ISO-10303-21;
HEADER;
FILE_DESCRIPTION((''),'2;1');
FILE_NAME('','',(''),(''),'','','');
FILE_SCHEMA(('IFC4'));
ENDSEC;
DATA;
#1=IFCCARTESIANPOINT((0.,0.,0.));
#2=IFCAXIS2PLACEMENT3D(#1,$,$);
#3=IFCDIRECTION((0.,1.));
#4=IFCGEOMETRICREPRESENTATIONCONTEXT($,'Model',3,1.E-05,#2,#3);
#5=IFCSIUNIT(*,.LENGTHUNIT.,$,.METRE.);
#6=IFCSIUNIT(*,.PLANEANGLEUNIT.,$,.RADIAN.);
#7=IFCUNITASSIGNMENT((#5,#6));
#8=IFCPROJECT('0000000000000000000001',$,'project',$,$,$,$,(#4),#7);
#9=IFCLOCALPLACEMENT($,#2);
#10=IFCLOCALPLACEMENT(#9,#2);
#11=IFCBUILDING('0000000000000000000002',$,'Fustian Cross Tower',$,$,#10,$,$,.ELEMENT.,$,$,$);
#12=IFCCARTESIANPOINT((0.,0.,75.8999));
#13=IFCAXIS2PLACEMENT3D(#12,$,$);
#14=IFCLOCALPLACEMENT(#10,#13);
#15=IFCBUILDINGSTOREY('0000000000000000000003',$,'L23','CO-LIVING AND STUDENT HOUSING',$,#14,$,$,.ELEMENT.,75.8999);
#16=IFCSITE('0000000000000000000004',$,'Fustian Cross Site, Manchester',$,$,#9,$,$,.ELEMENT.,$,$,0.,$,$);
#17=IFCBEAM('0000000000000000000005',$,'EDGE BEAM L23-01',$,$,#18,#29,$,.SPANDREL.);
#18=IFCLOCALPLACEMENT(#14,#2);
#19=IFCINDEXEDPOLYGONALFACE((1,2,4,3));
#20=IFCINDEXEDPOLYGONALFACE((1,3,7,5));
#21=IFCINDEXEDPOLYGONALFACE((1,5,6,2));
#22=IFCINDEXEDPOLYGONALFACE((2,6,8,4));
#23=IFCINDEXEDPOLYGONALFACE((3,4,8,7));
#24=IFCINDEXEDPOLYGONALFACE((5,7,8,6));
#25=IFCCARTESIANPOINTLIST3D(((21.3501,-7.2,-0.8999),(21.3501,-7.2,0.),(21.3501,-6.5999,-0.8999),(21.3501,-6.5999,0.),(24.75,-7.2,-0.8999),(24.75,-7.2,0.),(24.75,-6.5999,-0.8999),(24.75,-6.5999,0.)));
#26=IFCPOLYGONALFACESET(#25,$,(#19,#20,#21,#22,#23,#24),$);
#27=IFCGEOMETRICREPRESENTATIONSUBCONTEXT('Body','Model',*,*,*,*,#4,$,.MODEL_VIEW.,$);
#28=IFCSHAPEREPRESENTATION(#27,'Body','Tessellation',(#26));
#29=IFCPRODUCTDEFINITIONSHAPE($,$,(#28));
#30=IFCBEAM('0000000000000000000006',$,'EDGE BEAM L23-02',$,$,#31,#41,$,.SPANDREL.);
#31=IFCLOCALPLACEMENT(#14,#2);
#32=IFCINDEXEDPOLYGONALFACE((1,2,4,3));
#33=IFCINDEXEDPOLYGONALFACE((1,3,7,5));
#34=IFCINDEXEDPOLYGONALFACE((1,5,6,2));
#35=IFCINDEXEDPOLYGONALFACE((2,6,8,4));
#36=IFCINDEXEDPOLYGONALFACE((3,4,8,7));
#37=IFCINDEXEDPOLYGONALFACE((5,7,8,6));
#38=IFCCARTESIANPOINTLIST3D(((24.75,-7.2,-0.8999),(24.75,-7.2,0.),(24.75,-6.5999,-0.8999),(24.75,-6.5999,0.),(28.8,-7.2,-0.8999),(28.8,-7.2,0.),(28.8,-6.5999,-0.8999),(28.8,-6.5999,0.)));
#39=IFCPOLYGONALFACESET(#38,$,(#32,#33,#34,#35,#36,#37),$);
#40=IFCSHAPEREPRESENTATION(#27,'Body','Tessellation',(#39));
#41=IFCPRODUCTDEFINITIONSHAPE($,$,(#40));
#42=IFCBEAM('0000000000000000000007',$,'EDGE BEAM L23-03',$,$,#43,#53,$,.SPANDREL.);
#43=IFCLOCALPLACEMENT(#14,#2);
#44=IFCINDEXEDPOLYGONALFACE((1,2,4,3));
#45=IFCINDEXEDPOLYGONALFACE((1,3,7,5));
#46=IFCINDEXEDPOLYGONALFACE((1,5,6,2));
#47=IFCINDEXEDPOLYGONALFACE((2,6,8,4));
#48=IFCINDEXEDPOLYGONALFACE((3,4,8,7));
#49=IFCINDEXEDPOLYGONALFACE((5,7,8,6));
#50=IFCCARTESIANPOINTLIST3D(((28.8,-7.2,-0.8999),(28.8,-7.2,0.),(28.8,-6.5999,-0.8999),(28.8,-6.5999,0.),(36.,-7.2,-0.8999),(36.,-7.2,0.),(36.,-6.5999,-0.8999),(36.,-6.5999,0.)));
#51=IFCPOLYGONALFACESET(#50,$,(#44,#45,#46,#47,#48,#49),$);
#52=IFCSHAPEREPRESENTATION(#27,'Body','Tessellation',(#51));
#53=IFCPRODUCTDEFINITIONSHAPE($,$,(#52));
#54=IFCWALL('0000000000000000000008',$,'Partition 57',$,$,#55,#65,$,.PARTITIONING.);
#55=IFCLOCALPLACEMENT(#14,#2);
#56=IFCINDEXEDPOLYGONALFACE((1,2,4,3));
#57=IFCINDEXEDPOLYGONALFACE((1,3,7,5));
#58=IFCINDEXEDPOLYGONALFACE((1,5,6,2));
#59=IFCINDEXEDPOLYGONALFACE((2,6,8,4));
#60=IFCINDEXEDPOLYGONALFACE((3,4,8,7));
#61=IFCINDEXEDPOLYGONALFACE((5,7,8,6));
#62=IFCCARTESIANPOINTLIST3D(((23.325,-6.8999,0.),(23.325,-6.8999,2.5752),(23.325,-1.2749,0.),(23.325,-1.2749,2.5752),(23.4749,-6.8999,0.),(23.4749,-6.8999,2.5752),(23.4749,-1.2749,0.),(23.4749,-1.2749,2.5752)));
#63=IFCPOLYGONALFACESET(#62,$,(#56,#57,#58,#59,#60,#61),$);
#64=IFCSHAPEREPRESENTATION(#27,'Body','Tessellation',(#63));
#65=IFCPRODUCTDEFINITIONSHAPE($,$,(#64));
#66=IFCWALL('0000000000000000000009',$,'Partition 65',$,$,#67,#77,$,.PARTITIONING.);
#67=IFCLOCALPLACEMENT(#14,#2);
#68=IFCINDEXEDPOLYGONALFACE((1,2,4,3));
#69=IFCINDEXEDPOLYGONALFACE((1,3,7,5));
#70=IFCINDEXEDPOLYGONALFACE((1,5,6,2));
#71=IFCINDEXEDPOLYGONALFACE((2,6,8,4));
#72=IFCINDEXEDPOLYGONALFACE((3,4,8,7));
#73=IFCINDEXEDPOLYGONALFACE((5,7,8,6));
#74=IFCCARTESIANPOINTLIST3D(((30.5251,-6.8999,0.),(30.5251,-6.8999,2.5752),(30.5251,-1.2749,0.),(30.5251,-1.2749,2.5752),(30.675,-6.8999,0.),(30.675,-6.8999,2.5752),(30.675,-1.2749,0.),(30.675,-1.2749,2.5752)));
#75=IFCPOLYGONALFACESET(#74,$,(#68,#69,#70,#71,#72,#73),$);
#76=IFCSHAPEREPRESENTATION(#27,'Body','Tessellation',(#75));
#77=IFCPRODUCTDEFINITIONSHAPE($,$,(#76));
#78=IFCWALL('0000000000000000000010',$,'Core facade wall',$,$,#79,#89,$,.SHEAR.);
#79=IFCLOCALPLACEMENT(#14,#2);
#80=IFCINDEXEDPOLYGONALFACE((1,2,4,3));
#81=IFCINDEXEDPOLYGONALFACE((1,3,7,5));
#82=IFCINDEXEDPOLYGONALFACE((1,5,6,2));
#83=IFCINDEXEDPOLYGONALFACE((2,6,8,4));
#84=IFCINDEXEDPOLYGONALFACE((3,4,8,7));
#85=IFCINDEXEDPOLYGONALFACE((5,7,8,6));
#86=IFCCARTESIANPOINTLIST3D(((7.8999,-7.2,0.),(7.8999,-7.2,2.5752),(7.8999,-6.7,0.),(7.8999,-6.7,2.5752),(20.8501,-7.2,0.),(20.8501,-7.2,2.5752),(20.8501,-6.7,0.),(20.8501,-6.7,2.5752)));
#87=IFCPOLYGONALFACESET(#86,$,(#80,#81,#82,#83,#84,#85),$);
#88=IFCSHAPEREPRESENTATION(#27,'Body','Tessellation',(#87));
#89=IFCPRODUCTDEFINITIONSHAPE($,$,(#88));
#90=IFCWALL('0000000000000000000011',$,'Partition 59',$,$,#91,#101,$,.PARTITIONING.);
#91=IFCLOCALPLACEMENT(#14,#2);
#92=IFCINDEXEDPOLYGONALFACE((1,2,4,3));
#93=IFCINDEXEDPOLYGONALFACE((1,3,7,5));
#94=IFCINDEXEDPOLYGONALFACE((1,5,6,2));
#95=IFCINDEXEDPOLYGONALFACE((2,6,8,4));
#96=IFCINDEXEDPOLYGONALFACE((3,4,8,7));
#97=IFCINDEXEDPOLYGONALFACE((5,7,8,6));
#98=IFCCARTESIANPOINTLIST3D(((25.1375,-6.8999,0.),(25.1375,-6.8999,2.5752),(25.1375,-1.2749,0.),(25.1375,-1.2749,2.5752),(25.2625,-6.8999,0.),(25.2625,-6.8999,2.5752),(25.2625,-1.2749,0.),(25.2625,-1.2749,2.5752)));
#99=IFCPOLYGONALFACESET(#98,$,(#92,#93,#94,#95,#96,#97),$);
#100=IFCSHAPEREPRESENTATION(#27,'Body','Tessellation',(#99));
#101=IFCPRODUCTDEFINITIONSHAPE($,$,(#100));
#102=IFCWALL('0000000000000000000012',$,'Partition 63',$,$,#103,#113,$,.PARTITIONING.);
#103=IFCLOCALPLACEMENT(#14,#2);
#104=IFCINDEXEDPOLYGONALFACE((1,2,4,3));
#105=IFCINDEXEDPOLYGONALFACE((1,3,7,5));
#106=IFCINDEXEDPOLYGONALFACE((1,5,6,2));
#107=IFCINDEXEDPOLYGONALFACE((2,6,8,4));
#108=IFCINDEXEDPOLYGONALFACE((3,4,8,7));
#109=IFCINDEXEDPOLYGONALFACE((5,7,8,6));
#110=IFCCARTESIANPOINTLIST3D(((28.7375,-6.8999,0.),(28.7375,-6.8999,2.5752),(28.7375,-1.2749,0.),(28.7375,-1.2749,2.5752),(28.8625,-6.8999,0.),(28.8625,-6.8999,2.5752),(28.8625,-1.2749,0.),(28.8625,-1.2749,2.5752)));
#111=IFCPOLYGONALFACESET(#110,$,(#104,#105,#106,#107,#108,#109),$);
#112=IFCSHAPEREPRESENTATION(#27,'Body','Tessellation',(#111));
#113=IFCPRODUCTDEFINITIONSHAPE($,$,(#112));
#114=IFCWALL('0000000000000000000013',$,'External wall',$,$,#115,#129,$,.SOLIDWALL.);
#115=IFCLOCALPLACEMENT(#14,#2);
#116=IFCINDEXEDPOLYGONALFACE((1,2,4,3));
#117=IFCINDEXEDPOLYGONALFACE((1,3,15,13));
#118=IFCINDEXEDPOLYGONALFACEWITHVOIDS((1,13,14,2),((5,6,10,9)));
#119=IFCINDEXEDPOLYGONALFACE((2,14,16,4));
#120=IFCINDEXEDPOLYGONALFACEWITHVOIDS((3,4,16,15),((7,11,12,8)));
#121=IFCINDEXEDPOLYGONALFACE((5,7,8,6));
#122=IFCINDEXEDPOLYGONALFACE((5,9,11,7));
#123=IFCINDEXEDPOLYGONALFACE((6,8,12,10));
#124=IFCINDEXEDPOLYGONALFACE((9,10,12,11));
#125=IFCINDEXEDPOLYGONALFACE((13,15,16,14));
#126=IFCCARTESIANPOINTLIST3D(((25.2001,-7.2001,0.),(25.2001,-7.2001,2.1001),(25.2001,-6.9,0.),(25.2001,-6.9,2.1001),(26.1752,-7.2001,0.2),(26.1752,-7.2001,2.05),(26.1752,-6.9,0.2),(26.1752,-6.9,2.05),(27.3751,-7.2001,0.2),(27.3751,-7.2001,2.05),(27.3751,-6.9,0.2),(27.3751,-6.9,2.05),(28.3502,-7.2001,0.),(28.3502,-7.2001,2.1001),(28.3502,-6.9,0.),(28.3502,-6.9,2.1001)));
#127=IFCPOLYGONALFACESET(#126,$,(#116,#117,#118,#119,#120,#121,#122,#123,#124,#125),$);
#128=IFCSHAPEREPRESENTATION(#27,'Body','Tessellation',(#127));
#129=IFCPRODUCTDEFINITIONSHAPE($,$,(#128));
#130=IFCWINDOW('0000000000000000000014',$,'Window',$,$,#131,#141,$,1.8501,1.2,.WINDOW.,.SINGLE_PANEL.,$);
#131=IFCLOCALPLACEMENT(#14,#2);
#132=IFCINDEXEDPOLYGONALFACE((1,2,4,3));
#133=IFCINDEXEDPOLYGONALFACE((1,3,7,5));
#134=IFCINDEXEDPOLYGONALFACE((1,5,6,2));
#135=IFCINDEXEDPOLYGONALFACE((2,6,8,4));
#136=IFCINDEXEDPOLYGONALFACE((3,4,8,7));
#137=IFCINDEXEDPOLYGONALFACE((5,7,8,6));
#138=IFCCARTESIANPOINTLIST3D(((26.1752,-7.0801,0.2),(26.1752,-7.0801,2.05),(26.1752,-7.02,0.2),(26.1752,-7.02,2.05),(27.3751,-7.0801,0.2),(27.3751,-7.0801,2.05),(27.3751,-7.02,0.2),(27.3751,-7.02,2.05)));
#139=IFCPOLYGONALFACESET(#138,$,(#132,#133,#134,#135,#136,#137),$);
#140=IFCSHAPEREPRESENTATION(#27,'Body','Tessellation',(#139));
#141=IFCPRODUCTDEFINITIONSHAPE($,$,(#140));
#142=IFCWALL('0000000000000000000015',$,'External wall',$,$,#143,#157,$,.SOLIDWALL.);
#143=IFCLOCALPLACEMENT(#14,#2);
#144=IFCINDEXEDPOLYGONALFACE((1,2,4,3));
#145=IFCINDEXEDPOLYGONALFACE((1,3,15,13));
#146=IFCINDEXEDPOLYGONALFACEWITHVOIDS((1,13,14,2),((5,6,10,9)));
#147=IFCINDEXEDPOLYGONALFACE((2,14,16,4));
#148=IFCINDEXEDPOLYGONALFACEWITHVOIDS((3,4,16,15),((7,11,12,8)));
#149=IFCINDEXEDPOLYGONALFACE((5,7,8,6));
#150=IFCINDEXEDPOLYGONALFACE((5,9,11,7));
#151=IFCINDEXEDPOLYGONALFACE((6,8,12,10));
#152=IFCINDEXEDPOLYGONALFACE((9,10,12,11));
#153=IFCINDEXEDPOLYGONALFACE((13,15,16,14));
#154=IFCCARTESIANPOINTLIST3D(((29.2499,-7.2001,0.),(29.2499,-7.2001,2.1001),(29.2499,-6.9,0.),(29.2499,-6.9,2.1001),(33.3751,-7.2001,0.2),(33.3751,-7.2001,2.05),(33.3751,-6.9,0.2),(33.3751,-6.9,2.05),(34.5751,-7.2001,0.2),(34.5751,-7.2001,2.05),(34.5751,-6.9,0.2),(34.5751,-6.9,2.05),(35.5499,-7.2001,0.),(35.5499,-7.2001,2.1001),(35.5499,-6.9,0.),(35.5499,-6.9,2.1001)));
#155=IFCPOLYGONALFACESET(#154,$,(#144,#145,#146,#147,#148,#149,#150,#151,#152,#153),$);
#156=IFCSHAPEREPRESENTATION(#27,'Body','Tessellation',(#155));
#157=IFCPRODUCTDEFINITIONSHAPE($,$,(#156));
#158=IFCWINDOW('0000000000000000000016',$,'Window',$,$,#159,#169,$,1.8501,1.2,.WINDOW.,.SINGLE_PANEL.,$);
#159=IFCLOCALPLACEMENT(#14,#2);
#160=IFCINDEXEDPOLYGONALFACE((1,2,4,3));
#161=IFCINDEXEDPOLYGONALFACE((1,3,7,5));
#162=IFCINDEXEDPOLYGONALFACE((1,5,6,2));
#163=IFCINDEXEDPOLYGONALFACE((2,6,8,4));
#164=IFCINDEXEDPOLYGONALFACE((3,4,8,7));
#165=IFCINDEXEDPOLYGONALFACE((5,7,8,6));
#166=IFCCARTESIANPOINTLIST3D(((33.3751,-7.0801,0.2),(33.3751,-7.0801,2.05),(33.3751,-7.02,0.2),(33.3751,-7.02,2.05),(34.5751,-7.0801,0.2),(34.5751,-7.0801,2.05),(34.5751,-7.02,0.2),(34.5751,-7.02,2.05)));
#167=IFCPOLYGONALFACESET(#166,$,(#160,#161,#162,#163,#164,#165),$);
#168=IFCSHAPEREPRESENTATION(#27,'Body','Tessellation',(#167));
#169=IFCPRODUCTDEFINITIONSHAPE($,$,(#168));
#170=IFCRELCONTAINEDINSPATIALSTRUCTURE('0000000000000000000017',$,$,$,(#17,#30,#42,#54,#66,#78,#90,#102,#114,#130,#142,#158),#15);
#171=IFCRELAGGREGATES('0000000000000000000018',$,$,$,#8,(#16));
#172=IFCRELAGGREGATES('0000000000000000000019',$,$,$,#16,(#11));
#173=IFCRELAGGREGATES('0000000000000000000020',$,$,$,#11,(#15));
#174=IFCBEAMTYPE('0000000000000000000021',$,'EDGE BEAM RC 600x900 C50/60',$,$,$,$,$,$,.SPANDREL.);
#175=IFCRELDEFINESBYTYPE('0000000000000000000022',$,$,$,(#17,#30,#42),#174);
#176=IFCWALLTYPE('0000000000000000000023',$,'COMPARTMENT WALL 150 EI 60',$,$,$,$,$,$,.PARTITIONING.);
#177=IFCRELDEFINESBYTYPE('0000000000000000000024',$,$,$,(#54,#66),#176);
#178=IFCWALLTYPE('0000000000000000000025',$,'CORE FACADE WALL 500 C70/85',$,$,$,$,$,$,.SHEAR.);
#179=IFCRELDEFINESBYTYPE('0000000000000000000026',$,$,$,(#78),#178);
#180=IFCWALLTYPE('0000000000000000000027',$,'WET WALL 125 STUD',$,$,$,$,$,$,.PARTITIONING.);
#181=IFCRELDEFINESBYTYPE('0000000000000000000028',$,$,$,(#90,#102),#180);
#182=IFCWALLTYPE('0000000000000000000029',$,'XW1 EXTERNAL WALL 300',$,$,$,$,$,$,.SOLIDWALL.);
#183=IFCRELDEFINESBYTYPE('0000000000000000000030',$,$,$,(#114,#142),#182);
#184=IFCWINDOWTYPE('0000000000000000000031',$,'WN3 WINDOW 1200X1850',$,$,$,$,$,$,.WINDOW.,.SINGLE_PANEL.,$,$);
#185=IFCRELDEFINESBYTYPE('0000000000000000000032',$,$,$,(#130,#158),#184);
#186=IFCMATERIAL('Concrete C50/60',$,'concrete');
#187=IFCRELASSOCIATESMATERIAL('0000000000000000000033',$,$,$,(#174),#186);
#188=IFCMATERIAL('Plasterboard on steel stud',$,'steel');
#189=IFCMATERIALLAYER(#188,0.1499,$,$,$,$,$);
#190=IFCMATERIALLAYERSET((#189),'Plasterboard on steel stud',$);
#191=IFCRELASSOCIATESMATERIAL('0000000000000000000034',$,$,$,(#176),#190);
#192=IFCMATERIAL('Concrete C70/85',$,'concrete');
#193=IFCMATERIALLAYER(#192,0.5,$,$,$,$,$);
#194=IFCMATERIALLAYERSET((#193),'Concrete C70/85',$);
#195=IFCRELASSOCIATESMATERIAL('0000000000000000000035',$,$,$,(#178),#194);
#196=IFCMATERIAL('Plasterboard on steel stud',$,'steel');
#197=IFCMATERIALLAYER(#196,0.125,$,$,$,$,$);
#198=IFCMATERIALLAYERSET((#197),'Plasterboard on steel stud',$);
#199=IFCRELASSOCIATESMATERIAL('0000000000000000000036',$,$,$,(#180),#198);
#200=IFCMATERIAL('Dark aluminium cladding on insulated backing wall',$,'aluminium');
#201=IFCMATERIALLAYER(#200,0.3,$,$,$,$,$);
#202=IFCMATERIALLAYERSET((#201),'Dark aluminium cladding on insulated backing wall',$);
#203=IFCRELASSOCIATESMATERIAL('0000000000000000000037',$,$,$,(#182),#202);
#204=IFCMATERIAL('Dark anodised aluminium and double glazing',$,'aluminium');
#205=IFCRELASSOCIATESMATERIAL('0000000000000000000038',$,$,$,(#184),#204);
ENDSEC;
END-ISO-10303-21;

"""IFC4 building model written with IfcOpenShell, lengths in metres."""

from ifc_helpers import new_model, si_unit, direction, frame, frame_2d, origin, origin_2d, place, context, subcontext, project, spatial, rectangle, extrude, material, layer, layer_set, material_profile, profile_set, type_object, element, fill, save


model = new_model("IFC4")

# Units and contexts
model_context = context("Model", 3, precision=1e-05, world=origin(), true_north=direction((0.0, 1.0)))
body_context = subcontext(model_context, "Body", "Model", "MODEL_VIEW")
ifc_project = project(units=[si_unit("LENGTHUNIT", "METRE"), si_unit("PLANEANGLEUNIT", "RADIAN")], contexts=[model_context])

# Site, building, storey
site_placement = place(None, origin())
site = spatial("IfcSite", under=ifc_project, at=site_placement, Name="Fustian Cross Site, Manchester", CompositionType="ELEMENT", RefElevation=0.0)
building_placement = place(site_placement, origin())
building = spatial("IfcBuilding", under=site, at=building_placement, Name="Fustian Cross Tower", CompositionType="ELEMENT")
storey_placement = place(building_placement, frame((0.0, 0.0, 75.8999)))
storey = spatial("IfcBuildingStorey", under=building, at=storey_placement, Name="L23", Description="CO-LIVING AND STUDENT HOUSING", CompositionType="ELEMENT", Elevation=75.8999)

# Beams
ifc_material_1 = material(Name="Concrete C50/60", Category="concrete")
ifc_material_profile = material_profile(ifc_material_1, rectangle(XDim=0.6001, YDim=0.8999, at=origin_2d()), Name="RC 600x900")
ifc_profile_set = profile_set([ifc_material_profile], Name="Concrete C50/60")
beam_type = type_object("IfcBeamType", Name="EDGE BEAM RC 600x900 C50/60", PredefinedType="SPANDREL", material=ifc_profile_set)
beam_1_placement = place(storey_placement, frame((21.3501, -6.8999, -0.45), z_axis=(1.0, 0.0, 0.0), x_axis=(0.0, 1.0, 0.0)))
element("IfcBeam", 1, at=beam_1_placement, inside=storey, type_object=beam_type, Name="EDGE BEAM L23-01", PredefinedType="SPANDREL", context=body_context, shape_type="SweptSolid", body=[
    extrude(rectangle(XDim=0.6001, YDim=0.8999, at=origin_2d()), origin(), (0.0, 0.0, 1.0), 3.3999),
])
beam_2_placement = place(storey_placement, frame((24.75, -6.8999, -0.45), z_axis=(1.0, 0.0, 0.0), x_axis=(0.0, 1.0, 0.0)))
element("IfcBeam", 2, at=beam_2_placement, inside=storey, type_object=beam_type, Name="EDGE BEAM L23-02", PredefinedType="SPANDREL", context=body_context, shape_type="SweptSolid", body=[
    extrude(rectangle(XDim=0.6001, YDim=0.8999, at=origin_2d()), origin(), (0.0, 0.0, 1.0), 4.05),
])
beam_3_placement = place(storey_placement, frame((28.8, -6.8999, -0.45), z_axis=(1.0, 0.0, 0.0), x_axis=(0.0, 1.0, 0.0)))
element("IfcBeam", 3, at=beam_3_placement, inside=storey, type_object=beam_type, Name="EDGE BEAM L23-03", PredefinedType="SPANDREL", context=body_context, shape_type="SweptSolid", body=[
    extrude(rectangle(XDim=0.6001, YDim=0.8999, at=origin_2d()), origin(), (0.0, 0.0, 1.0), 7.2),
])

# Walls
ifc_material_2 = material(Name="Plasterboard on steel stud", Category="steel")
ifc_layer_1 = layer(ifc_material_2, 0.1499)
ifc_layer_set_1 = layer_set([ifc_layer_1], Name="Plasterboard on steel stud")
wall_type_1 = type_object("IfcWallType", Name="COMPARTMENT WALL 150 EI 60", PredefinedType="PARTITIONING", material=ifc_layer_set_1)
for number, where, z_axis, x_axis, name in (
    (4, (23.3999, -6.8999, 0.0), (0.0, 0.0, 1.0), (0.0, 1.0, 0.0), "Partition 57"),
    (5, (30.6001, -6.8999, 0.0), (0.0, 0.0, 1.0), (0.0, 1.0, 0.0), "Partition 65"),
):
    element("IfcWall", number, at=place(storey_placement, frame(where, z_axis=z_axis, x_axis=x_axis)), inside=storey, type_object=wall_type_1, Name=name, PredefinedType="PARTITIONING", context=body_context, shape_type="SweptSolid", body=[
        extrude(rectangle(XDim=5.625, YDim=0.1499, at=frame_2d((2.8125, 0.0))), origin(), (0.0, 0.0, 1.0), 2.5752),
    ])
ifc_material_3 = material(Name="Concrete C70/85", Category="concrete")
ifc_layer_2 = layer(ifc_material_3, 0.5)
ifc_layer_set_2 = layer_set([ifc_layer_2], Name="Concrete C70/85")
wall_type_2 = type_object("IfcWallType", Name="CORE FACADE WALL 500 C70/85", PredefinedType="SHEAR", material=ifc_layer_set_2)
wall_1_placement = place(storey_placement, frame((7.8999, -6.95, 0.0), z_axis=(0.0, 0.0, 1.0), x_axis=(1.0, 0.0, 0.0)))
element("IfcWall", 6, at=wall_1_placement, inside=storey, type_object=wall_type_2, Name="Core facade wall", PredefinedType="SHEAR", context=body_context, shape_type="SweptSolid", body=[
    extrude(rectangle(XDim=12.9502, YDim=0.5, at=frame_2d((6.4751, 0.0))), origin(), (0.0, 0.0, 1.0), 2.5752),
])
ifc_material_4 = material(Name="Plasterboard on steel stud", Category="steel")
ifc_layer_3 = layer(ifc_material_4, 0.125)
ifc_layer_set_3 = layer_set([ifc_layer_3], Name="Plasterboard on steel stud")
wall_type_3 = type_object("IfcWallType", Name="WET WALL 125 STUD", PredefinedType="PARTITIONING", material=ifc_layer_set_3)
for number, where, z_axis, x_axis, name in (
    (7, (25.2, -6.8999, 0.0), (0.0, 0.0, 1.0), (0.0, 1.0, 0.0), "Partition 59"),
    (8, (28.8, -6.8999, 0.0), (0.0, 0.0, 1.0), (0.0, 1.0, 0.0), "Partition 63"),
):
    element("IfcWall", number, at=place(storey_placement, frame(where, z_axis=z_axis, x_axis=x_axis)), inside=storey, type_object=wall_type_3, Name=name, PredefinedType="PARTITIONING", context=body_context, shape_type="SweptSolid", body=[
        extrude(rectangle(XDim=5.625, YDim=0.125, at=frame_2d((2.8125, 0.0))), origin(), (0.0, 0.0, 1.0), 2.5752),
    ])

# Walls, openings, windows
ifc_material_5 = material(Name="Dark aluminium cladding on insulated backing wall", Category="aluminium")
ifc_layer_4 = layer(ifc_material_5, 0.3)
ifc_layer_set_4 = layer_set([ifc_layer_4], Name="Dark aluminium cladding on insulated backing wall")
wall_type_4 = type_object("IfcWallType", Name="XW1 EXTERNAL WALL 300", PredefinedType="SOLIDWALL", material=ifc_layer_set_4)
wall_2_placement = place(storey_placement, frame((25.2, -7.05, 0.0), z_axis=(0.0, 0.0, 1.0), x_axis=(1.0, 0.0, 0.0)))
wall_2 = element("IfcWall", 9, at=wall_2_placement, inside=storey, type_object=wall_type_4, Name="External wall", PredefinedType="SOLIDWALL", context=body_context, shape_type="SweptSolid", body=[
    extrude(rectangle(XDim=3.1501, YDim=0.3, at=frame_2d((1.5752, 0.0))), origin(), (0.0, 0.0, 1.0), 2.1001),
])
opening_1_placement = place(wall_2_placement, frame((0.9751, 0.0, 0.2)))
opening_1 = element("IfcOpeningElement", 10, at=opening_1_placement, cuts=wall_2, PredefinedType="OPENING", context=body_context, shape_type="SweptSolid", body=[
    extrude(rectangle(XDim=1.2, YDim=1.8501, at=frame_2d((0.6001, 0.925))), frame((0.0, 0.1599, 0.0), z_axis=(0.0, -1.0, 0.0), x_axis=(1.0, 0.0, 0.0)), (0.0, 0.0, 1.0), 0.3201),
])
ifc_material_6 = material(Name="Dark anodised aluminium and double glazing", Category="aluminium")
window_type = type_object("IfcWindowType", Name="WN3 WINDOW 1200X1850", PartitioningType="SINGLE_PANEL", PredefinedType="WINDOW", material=ifc_material_6)
window_1_placement = place(opening_1_placement, origin())
window_1 = element("IfcWindow", 11, at=window_1_placement, inside=storey, type_object=window_type, Name="Window", OverallHeight=1.8501, OverallWidth=1.2, PartitioningType="SINGLE_PANEL", PredefinedType="WINDOW", context=body_context, shape_type="SweptSolid", body=[
    extrude(rectangle(XDim=1.2, YDim=1.8501, at=frame_2d((0.6001, 0.925))), frame((0.0, 0.03, 0.0), z_axis=(0.0, -1.0, 0.0), x_axis=(1.0, 0.0, 0.0)), (0.0, 0.0, 1.0), 0.0601),
])
fill(opening_1, window_1)
wall_3_placement = place(storey_placement, frame((29.25, -7.05, 0.0), z_axis=(0.0, 0.0, 1.0), x_axis=(1.0, 0.0, 0.0)))
wall_3 = element("IfcWall", 12, at=wall_3_placement, inside=storey, type_object=wall_type_4, Name="External wall", PredefinedType="SOLIDWALL", context=body_context, shape_type="SweptSolid", body=[
    extrude(rectangle(XDim=6.3, YDim=0.3, at=frame_2d((3.1499, 0.0))), origin(), (0.0, 0.0, 1.0), 2.1001),
])
opening_2_placement = place(wall_3_placement, frame((4.125, 0.0, 0.2)))
opening_2 = element("IfcOpeningElement", 13, at=opening_2_placement, cuts=wall_3, PredefinedType="OPENING", context=body_context, shape_type="SweptSolid", body=[
    extrude(rectangle(XDim=1.2, YDim=1.8501, at=frame_2d((0.6001, 0.925))), frame((0.0, 0.1599, 0.0), z_axis=(0.0, -1.0, 0.0), x_axis=(1.0, 0.0, 0.0)), (0.0, 0.0, 1.0), 0.3201),
])
window_2_placement = place(opening_2_placement, origin())
window_2 = element("IfcWindow", 14, at=window_2_placement, inside=storey, type_object=window_type, Name="Window", OverallHeight=1.8501, OverallWidth=1.2, PartitioningType="SINGLE_PANEL", PredefinedType="WINDOW", context=body_context, shape_type="SweptSolid", body=[
    extrude(rectangle(XDim=1.2, YDim=1.8501, at=frame_2d((0.6001, 0.925))), frame((0.0, 0.03, 0.0), z_axis=(0.0, -1.0, 0.0), x_axis=(1.0, 0.0, 0.0)), (0.0, 0.0, 1.0), 0.0601),
])
fill(opening_2, window_2)

save(model, "model.ifc")
